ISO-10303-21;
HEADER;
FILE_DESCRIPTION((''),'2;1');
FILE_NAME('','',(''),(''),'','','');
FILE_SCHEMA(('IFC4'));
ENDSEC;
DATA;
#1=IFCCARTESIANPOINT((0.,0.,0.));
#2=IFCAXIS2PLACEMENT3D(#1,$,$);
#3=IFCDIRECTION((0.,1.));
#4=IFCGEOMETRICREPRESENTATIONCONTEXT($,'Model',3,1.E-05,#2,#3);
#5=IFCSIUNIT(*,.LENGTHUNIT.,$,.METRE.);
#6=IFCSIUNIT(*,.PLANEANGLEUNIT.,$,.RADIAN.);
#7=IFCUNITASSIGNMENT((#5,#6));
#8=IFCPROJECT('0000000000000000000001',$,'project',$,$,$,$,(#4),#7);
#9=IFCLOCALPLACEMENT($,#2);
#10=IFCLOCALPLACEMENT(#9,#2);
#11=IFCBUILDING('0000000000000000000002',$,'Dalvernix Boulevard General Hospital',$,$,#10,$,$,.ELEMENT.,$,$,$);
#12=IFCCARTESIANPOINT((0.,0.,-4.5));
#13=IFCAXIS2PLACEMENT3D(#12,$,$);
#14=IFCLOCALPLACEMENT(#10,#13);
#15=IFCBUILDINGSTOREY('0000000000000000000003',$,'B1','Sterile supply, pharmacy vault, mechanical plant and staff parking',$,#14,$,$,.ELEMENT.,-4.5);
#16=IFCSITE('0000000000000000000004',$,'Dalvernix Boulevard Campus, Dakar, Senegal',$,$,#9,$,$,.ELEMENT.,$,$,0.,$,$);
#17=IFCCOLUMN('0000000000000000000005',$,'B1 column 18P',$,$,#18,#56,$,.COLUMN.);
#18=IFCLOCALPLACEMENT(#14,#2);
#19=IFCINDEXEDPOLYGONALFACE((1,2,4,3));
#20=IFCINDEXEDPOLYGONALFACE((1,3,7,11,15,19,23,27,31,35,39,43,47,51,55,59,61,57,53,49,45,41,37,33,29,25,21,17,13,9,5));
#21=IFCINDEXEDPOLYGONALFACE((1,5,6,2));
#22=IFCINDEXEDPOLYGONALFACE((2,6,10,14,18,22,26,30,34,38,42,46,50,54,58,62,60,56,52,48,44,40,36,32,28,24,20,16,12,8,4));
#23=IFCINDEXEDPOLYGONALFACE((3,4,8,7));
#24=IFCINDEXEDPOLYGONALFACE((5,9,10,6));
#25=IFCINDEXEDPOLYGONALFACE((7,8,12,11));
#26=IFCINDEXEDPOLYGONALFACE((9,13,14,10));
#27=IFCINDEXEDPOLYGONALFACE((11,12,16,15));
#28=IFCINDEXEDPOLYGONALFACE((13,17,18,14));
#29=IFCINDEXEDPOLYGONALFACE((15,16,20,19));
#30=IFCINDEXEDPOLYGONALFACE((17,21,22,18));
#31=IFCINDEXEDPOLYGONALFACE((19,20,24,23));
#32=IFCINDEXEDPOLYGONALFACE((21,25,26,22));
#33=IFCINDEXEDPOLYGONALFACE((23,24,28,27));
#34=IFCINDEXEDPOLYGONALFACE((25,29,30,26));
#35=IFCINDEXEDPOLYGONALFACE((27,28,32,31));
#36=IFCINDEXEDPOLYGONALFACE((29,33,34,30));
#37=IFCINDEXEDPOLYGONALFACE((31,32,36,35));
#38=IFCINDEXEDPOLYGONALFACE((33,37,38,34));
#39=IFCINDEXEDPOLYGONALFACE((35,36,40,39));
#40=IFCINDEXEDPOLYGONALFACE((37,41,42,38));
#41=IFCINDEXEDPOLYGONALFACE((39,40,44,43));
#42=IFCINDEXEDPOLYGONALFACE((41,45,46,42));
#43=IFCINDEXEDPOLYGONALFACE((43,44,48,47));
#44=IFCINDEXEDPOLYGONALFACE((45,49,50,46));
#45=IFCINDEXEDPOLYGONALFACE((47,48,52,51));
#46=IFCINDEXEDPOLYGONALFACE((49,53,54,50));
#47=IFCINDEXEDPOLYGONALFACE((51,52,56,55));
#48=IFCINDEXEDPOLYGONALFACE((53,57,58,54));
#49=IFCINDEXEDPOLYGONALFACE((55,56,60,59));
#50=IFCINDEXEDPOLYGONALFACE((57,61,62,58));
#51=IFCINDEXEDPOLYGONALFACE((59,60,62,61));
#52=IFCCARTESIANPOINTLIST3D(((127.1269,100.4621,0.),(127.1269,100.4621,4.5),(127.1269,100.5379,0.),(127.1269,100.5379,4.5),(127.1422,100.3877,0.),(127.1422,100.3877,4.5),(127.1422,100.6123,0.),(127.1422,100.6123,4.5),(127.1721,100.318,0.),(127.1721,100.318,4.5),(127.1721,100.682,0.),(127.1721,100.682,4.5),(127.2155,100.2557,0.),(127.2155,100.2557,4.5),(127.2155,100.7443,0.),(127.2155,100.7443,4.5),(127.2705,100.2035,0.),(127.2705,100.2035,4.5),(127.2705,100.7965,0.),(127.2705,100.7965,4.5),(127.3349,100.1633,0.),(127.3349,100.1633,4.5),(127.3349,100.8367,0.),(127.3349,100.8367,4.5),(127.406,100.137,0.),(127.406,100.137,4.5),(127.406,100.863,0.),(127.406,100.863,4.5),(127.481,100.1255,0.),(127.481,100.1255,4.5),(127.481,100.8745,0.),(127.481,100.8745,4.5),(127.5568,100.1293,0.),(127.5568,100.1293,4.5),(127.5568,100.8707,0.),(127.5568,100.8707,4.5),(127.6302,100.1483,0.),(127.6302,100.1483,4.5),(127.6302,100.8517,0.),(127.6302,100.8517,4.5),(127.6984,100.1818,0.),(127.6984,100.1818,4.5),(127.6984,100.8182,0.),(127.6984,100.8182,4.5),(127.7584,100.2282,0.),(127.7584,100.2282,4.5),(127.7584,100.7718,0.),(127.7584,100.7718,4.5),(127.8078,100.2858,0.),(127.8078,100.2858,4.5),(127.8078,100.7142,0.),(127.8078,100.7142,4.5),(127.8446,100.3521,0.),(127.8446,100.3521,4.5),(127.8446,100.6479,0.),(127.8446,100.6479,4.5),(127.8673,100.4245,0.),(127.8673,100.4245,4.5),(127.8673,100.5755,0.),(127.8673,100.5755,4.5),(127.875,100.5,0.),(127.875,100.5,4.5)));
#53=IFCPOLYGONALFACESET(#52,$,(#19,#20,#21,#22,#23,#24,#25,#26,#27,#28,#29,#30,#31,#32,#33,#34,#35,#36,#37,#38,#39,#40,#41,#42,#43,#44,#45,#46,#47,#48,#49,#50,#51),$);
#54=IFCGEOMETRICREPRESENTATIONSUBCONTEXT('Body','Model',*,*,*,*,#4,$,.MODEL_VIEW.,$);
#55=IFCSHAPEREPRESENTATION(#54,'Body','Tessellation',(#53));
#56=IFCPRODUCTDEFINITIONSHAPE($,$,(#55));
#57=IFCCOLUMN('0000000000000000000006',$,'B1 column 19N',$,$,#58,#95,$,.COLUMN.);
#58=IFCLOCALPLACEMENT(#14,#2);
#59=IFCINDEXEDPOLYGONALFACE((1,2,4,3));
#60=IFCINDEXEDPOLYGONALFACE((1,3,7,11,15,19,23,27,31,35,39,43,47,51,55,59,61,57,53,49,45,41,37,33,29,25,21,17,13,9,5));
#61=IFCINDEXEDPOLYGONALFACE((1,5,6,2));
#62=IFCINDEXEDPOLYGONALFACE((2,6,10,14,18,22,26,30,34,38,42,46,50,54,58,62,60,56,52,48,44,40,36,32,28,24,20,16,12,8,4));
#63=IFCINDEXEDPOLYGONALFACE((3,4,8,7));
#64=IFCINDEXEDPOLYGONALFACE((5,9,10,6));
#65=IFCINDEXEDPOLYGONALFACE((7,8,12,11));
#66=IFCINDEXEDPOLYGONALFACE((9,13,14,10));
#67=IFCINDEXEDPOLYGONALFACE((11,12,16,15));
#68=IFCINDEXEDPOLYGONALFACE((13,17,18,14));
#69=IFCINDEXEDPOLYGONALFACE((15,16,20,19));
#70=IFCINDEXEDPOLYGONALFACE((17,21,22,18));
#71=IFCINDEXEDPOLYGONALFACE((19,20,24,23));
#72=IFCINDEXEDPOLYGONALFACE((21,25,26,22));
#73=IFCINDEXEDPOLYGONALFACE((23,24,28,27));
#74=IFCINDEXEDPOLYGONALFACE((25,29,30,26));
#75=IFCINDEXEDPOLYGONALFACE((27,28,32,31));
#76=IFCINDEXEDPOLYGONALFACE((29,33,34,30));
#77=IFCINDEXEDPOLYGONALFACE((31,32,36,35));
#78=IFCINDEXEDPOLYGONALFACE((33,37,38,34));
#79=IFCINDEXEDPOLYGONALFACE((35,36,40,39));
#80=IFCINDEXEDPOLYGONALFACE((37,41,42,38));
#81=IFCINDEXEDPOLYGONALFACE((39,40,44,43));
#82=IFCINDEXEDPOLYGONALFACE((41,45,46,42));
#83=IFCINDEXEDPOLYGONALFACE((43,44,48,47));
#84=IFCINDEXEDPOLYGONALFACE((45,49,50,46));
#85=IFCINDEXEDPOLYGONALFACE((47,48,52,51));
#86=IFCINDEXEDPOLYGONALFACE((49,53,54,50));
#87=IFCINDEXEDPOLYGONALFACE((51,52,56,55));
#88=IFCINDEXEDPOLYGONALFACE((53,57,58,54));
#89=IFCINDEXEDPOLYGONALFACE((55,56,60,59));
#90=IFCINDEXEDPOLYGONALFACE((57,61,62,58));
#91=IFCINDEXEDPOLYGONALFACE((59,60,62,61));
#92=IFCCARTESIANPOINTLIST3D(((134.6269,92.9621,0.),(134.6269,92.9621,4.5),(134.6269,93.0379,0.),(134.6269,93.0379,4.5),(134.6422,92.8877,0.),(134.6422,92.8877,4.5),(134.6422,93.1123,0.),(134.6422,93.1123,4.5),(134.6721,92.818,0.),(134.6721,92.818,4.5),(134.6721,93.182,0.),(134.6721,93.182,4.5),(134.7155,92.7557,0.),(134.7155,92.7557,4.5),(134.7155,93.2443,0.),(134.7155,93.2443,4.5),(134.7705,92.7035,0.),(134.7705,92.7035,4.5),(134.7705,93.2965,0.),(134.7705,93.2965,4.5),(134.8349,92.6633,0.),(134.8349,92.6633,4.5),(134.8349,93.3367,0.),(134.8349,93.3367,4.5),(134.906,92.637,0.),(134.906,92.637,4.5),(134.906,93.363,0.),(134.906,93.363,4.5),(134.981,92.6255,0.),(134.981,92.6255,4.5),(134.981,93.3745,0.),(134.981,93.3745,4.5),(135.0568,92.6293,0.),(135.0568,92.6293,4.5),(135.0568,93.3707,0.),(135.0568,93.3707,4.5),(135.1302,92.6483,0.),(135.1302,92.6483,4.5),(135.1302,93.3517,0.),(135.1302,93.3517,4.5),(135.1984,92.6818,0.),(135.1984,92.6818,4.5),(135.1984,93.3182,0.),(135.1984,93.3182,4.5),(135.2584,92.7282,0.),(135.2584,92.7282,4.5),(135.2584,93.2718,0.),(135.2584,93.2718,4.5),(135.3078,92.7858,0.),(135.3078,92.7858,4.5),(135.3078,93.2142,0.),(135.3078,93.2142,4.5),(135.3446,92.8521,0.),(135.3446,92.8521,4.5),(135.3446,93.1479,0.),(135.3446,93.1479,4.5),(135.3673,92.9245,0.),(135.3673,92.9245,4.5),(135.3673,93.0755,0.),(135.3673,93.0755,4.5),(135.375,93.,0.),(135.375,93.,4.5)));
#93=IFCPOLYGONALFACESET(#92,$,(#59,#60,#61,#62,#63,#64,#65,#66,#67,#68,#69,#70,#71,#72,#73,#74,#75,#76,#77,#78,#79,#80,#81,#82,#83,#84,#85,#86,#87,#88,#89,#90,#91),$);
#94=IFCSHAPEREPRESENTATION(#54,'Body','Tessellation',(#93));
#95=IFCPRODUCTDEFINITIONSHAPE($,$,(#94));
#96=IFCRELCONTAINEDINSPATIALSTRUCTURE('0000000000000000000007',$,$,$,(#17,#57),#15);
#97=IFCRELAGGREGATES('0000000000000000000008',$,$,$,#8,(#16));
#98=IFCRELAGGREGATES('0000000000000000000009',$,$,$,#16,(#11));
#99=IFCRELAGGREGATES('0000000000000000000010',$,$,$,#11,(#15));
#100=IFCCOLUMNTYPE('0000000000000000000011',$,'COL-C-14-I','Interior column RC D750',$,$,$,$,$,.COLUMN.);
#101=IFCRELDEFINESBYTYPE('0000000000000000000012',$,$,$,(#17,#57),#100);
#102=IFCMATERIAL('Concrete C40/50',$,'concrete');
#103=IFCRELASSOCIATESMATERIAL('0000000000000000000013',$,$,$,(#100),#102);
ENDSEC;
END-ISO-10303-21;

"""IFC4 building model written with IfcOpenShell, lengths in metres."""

from ifc_helpers import new_model, si_unit, direction, frame, origin, origin_2d, place, context, subcontext, project, spatial, circle, extrude, material, material_profile, profile_set, type_object, element, save


model = new_model("IFC4")

# Units and contexts
model_context = context("Model", 3, precision=1e-05, world=origin(), true_north=direction((0.0, 1.0)))
body_context = subcontext(model_context, "Body", "Model", "MODEL_VIEW")
ifc_project = project(units=[si_unit("LENGTHUNIT", "METRE"), si_unit("PLANEANGLEUNIT", "RADIAN")], contexts=[model_context])

# Site, building, storey
site_placement = place(None, origin())
site = spatial("IfcSite", under=ifc_project, at=site_placement, Name="Dalvernix Boulevard Campus, Dakar, Senegal", CompositionType="ELEMENT", RefElevation=0.0)
building_placement = place(site_placement, origin())
building = spatial("IfcBuilding", under=site, at=building_placement, Name="Dalvernix Boulevard General Hospital", CompositionType="ELEMENT")
storey_placement = place(building_placement, frame((0.0, 0.0, -4.5)))
storey = spatial("IfcBuildingStorey", under=building, at=storey_placement, Name="B1", Description="Sterile supply, pharmacy vault, mechanical plant and staff parking", CompositionType="ELEMENT", Elevation=-4.5)

# Shared definitions
ifc_material_1 = material(Name="Concrete C40/50", Category="concrete")

# Columns
ifc_material_profile_1 = material_profile(ifc_material_1, circle(Radius=0.375, at=origin_2d()), Name="RC D750")
ifc_profile_set_1 = profile_set([ifc_material_profile_1], Name="Concrete C40/50")
column_type_1 = type_object("IfcColumnType", Name="COL-C-14-I", Description="Interior column RC D750", PredefinedType="COLUMN", material=ifc_profile_set_1)
for number, where, z_axis, x_axis, name in (
    (1, (127.5, 100.5, 0.0), (0.0, 0.0, 1.0), (1.0, 0.0, 0.0), "B1 column 18P"),
    (2, (135.0, 93.0, 0.0), (0.0, 0.0, 1.0), (1.0, 0.0, 0.0), "B1 column 19N"),
):
    element("IfcColumn", number, at=place(storey_placement, frame(where, z_axis=z_axis, x_axis=x_axis)), inside=storey, type_object=column_type_1, Name=name, PredefinedType="COLUMN", context=body_context, shape_type="SweptSolid", body=[
        extrude(circle(Radius=0.375, at=origin_2d()), origin(), (0.0, 0.0, 1.0), 4.5),
    ])

save(model, "model.ifc")
